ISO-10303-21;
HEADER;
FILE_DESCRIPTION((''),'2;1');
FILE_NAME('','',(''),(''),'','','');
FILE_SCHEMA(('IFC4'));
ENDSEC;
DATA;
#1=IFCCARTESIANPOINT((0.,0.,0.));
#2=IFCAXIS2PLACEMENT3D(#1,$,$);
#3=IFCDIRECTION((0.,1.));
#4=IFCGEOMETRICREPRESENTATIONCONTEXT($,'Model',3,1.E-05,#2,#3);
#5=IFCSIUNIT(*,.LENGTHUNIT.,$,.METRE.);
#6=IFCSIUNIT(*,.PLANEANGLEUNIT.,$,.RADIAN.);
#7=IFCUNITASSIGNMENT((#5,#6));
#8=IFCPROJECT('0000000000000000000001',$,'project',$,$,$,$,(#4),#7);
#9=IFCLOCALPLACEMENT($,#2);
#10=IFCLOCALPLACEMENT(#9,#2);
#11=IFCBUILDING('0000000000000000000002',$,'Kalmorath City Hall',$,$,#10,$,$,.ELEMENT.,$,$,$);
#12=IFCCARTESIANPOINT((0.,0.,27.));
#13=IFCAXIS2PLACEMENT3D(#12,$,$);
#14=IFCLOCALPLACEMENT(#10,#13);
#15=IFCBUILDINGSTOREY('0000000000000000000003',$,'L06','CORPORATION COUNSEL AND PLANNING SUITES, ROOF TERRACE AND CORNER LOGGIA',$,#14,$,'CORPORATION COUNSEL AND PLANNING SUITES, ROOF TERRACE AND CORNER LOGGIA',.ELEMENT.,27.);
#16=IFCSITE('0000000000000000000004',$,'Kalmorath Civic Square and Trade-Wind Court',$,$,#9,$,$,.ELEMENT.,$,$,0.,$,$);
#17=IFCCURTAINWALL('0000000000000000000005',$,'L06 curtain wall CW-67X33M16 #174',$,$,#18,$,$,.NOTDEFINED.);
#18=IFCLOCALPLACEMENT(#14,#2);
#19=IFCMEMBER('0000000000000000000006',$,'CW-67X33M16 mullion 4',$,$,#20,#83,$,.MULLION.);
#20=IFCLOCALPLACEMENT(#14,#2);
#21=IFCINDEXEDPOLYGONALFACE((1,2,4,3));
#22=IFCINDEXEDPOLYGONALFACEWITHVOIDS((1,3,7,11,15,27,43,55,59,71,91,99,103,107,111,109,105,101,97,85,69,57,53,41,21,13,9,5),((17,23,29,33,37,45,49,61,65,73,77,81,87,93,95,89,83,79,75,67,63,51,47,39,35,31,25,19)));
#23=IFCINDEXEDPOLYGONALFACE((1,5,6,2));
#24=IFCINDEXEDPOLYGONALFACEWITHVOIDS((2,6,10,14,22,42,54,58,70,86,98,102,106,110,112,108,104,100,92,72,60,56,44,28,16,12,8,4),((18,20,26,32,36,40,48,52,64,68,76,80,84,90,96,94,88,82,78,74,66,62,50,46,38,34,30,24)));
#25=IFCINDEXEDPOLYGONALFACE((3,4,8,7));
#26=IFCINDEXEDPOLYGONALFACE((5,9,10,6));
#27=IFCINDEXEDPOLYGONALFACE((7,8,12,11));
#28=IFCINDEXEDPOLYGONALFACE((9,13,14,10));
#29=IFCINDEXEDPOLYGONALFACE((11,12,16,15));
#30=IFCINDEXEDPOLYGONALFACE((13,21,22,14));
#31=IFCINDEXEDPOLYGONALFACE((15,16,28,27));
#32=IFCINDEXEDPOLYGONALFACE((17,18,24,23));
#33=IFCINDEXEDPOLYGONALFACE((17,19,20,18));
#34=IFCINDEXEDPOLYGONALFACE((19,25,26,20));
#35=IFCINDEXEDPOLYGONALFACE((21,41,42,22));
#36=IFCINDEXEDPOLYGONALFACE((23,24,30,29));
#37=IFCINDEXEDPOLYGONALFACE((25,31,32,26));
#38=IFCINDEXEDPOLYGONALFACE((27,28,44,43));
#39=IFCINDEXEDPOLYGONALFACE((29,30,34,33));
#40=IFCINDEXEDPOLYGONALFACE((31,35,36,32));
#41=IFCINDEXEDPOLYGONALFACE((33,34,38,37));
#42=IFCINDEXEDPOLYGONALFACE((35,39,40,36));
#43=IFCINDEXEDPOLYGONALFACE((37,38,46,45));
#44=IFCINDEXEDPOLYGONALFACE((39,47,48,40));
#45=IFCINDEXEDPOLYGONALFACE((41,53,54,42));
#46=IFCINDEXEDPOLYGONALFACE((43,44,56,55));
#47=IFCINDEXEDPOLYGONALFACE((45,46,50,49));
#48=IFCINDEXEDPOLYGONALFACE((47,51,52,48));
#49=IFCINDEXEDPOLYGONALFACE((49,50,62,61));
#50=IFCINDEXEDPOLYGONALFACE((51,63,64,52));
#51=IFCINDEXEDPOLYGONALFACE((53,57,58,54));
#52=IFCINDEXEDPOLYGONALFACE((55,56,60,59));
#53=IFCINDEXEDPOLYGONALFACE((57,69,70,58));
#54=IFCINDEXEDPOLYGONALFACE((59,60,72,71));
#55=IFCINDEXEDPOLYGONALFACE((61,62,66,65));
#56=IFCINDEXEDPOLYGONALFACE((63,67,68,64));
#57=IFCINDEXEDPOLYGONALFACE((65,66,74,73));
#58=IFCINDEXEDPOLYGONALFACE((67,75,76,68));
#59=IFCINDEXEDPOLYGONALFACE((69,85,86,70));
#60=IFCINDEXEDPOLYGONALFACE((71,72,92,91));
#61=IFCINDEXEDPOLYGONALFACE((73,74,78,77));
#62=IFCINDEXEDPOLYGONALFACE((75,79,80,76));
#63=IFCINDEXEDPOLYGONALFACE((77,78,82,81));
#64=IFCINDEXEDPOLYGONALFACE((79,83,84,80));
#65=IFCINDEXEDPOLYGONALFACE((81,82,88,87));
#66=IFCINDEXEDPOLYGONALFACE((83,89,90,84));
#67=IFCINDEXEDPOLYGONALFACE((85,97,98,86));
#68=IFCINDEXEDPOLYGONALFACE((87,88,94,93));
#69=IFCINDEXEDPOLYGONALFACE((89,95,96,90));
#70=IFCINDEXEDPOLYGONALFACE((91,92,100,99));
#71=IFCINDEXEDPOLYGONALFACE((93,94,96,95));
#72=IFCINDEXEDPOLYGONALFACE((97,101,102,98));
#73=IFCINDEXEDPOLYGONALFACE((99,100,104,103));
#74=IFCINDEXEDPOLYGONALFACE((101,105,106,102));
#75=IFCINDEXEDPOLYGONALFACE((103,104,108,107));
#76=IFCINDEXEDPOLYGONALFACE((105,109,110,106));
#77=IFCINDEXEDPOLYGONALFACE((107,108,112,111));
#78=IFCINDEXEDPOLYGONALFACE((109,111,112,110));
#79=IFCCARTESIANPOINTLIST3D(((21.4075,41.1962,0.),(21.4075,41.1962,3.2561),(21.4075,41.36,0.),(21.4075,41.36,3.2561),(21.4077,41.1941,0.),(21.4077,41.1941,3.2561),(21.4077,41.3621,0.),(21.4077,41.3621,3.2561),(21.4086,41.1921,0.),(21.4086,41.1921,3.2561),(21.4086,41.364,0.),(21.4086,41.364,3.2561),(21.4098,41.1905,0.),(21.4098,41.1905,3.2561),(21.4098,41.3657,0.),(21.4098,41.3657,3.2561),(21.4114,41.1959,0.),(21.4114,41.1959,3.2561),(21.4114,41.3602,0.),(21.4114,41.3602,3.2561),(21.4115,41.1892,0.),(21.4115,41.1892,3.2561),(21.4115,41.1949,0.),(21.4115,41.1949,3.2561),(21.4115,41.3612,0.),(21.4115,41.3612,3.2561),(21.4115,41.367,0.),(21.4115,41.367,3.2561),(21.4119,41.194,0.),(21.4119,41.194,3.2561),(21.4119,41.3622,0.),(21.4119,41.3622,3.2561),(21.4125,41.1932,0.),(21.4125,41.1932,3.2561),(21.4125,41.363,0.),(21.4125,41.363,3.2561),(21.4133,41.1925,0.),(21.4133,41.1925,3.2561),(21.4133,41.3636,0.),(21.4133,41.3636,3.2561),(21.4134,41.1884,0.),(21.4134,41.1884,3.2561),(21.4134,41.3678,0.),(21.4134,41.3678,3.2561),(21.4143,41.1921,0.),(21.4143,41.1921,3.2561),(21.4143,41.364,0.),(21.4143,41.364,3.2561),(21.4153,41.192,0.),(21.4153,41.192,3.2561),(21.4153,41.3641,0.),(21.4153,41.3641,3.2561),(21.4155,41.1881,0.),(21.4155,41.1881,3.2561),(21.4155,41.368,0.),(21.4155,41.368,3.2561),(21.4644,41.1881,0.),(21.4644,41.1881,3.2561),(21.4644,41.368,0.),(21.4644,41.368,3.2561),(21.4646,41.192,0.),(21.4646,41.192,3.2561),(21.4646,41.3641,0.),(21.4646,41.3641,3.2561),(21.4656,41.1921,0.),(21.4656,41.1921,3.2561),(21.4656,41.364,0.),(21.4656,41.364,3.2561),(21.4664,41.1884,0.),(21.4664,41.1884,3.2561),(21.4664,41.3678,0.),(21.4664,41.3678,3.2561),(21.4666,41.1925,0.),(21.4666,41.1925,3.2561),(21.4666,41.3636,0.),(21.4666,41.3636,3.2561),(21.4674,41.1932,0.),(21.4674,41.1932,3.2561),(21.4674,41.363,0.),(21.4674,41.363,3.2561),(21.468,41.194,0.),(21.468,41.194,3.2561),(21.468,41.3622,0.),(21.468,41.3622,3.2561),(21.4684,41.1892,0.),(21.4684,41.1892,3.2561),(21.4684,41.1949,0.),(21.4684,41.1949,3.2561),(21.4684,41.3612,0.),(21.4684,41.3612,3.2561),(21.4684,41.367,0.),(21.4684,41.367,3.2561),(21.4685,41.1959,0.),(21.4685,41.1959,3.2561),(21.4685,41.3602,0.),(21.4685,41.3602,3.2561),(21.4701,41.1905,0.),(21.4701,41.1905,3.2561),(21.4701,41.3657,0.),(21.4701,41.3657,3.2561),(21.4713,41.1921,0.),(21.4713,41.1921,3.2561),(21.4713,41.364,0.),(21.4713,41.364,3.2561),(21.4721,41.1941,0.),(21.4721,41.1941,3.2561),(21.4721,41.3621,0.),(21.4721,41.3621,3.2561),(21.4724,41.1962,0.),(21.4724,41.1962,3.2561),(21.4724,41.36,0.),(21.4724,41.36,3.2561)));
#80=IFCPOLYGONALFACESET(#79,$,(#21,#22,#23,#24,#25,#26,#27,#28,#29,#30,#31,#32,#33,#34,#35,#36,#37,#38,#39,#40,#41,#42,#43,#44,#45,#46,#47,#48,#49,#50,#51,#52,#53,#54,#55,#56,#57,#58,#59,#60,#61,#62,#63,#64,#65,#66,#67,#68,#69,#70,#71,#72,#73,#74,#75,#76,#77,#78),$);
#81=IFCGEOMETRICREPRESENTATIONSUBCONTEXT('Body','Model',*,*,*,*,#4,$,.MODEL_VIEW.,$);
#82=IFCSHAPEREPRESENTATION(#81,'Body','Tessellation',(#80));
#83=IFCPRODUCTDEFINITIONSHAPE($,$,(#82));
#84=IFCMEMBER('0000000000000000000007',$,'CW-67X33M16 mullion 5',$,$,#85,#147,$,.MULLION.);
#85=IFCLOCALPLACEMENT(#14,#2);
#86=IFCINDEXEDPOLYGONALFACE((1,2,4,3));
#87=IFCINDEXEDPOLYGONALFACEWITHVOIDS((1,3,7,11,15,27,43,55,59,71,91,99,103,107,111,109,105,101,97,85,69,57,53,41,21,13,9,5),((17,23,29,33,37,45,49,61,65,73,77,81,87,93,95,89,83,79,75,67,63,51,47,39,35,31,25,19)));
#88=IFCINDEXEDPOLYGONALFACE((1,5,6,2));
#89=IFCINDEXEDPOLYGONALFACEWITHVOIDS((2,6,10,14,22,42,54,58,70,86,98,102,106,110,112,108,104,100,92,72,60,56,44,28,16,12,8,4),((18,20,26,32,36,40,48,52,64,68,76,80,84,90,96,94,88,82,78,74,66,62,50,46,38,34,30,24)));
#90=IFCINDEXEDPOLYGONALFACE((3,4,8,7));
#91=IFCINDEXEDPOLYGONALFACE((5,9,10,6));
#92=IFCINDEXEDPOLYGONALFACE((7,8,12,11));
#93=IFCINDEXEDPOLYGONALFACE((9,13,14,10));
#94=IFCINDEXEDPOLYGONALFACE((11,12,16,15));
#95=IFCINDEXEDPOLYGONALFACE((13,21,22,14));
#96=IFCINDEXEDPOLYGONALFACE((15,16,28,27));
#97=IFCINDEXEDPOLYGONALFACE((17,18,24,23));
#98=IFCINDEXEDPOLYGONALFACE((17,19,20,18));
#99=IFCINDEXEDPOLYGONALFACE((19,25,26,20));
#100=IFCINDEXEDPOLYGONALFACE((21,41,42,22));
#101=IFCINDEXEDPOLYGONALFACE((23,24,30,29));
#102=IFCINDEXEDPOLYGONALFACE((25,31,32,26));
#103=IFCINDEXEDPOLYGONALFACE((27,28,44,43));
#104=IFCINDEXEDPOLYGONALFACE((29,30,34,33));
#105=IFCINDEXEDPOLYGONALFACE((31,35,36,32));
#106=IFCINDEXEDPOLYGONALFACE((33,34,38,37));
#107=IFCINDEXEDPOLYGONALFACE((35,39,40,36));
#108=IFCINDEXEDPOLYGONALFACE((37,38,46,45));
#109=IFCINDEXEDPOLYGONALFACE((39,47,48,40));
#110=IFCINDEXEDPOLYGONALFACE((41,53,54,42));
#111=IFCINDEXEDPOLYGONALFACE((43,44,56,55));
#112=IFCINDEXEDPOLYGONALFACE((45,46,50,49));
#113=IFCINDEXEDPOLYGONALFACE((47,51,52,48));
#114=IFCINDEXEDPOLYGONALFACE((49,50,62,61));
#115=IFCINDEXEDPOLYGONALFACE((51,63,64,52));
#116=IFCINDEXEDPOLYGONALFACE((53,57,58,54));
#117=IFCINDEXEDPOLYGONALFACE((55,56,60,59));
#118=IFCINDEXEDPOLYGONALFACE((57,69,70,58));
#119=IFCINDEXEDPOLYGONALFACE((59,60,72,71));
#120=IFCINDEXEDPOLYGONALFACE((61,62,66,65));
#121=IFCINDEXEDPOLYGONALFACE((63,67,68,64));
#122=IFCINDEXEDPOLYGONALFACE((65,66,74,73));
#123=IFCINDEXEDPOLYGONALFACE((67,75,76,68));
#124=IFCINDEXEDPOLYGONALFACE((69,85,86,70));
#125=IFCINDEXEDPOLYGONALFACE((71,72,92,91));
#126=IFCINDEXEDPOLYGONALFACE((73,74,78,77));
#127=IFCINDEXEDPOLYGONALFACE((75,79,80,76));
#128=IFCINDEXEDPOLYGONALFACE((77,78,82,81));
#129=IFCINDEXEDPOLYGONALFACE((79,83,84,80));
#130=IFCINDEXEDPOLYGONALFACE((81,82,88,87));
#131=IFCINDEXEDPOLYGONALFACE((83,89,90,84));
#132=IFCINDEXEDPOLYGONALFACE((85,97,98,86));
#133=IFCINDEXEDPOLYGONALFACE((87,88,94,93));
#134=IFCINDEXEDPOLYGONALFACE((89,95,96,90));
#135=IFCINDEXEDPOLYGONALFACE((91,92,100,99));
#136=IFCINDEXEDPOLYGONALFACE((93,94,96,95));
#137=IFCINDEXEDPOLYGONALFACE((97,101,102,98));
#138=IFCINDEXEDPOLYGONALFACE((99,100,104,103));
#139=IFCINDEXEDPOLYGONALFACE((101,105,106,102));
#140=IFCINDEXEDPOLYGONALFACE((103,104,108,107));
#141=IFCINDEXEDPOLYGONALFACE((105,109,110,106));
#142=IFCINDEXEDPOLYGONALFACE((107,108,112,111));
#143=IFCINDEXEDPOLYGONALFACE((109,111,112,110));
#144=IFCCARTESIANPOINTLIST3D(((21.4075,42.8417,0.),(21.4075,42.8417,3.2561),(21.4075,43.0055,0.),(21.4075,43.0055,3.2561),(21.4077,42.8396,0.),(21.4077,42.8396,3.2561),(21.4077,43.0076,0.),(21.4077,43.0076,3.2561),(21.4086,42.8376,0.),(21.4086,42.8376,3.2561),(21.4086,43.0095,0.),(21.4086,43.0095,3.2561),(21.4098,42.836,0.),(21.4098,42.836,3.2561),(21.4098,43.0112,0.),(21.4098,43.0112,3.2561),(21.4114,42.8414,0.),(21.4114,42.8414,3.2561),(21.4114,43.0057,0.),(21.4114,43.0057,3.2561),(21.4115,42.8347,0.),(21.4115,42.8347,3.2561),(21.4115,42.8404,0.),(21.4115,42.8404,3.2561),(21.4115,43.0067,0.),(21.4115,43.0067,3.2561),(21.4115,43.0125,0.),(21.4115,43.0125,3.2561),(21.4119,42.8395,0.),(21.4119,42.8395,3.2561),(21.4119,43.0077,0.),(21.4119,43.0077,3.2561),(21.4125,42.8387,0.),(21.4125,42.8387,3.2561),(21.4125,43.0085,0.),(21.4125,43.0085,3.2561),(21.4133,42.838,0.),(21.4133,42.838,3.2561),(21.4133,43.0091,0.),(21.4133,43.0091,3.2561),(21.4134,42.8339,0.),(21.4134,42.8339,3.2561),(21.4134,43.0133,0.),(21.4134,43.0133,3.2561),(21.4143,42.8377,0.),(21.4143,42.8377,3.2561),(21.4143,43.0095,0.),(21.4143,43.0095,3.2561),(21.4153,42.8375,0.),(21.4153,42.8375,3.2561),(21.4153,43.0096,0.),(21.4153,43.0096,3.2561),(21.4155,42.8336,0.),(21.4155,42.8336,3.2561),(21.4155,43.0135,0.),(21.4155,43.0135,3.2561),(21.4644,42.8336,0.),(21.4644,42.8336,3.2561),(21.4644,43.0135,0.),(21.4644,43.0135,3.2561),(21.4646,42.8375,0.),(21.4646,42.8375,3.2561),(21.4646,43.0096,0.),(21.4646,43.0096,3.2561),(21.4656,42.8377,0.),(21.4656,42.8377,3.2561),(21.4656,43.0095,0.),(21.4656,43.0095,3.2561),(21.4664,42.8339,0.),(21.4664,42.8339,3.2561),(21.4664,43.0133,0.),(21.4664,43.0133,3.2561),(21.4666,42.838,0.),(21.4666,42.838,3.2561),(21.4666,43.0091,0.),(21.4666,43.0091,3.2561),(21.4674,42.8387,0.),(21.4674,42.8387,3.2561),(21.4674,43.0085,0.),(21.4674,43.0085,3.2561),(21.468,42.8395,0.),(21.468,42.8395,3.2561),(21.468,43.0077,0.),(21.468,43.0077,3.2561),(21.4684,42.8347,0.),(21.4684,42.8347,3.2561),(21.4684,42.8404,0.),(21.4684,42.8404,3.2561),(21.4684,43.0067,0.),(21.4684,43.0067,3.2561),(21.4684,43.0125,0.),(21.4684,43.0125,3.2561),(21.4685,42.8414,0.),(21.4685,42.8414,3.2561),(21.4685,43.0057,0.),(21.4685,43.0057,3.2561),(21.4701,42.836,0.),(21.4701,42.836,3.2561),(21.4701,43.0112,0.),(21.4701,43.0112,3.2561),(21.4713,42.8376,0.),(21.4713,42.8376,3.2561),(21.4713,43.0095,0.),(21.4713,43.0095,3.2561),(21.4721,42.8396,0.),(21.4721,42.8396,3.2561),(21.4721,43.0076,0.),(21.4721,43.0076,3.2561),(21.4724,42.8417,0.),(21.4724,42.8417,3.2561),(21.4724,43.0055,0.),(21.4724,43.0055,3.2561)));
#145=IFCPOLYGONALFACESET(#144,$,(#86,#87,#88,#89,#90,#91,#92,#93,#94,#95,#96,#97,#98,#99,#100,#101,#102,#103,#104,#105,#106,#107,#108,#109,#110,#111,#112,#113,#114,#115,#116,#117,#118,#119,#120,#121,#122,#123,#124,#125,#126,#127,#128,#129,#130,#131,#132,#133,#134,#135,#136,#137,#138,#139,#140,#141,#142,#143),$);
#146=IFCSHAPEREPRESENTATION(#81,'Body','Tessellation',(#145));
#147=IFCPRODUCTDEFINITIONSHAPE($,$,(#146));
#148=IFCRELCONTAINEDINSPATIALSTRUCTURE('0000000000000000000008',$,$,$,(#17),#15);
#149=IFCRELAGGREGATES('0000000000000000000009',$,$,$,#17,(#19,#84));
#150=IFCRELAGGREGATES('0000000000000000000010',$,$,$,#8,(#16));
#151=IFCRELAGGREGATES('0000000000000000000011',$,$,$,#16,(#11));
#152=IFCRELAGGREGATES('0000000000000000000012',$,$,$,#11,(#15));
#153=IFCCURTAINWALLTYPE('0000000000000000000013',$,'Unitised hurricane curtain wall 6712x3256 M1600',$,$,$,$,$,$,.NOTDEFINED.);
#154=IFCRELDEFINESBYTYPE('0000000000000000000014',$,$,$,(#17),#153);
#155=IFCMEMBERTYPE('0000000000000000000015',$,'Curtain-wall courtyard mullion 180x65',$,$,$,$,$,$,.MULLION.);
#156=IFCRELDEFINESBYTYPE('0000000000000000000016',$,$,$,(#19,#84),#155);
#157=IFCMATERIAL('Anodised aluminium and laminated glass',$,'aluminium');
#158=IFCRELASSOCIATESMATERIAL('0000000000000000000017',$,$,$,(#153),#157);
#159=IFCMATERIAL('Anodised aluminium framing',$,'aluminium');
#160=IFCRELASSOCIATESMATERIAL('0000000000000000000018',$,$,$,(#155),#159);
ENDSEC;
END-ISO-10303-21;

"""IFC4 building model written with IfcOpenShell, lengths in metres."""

from ifc_helpers import new_model, si_unit, direction, frame, origin, origin_2d, place, context, subcontext, project, spatial, hollow_rectangle, extrude, material, material_profile, profile_set, type_object, element, aggregate, save


model = new_model("IFC4")

# Units and contexts
model_context = context("Model", 3, precision=1e-05, world=origin(), true_north=direction((0.0, 1.0)))
body_context = subcontext(model_context, "Body", "Model", "MODEL_VIEW")
ifc_project = project(units=[si_unit("LENGTHUNIT", "METRE"), si_unit("PLANEANGLEUNIT", "RADIAN")], contexts=[model_context])

# Site, building, storey
site_placement = place(None, origin())
site = spatial("IfcSite", under=ifc_project, at=site_placement, Name="Kalmorath Civic Square and Trade-Wind Court", CompositionType="ELEMENT", RefElevation=0.0)
building_placement = place(site_placement, origin())
building = spatial("IfcBuilding", under=site, at=building_placement, Name="Kalmorath City Hall", CompositionType="ELEMENT")
storey_placement = place(building_placement, frame((0.0, 0.0, 27.0)))
storey = spatial("IfcBuildingStorey", under=building, at=storey_placement, Name="L06", Description="CORPORATION COUNSEL AND PLANNING SUITES, ROOF TERRACE AND CORNER LOGGIA", LongName="CORPORATION COUNSEL AND PLANNING SUITES, ROOF TERRACE AND CORNER LOGGIA", CompositionType="ELEMENT", Elevation=27.0)

# Curtain wall, members
ifc_material_1 = material(Name="Anodised aluminium and laminated glass", Category="aluminium")
curtain_wall_type_1 = type_object("IfcCurtainWallType", Name="Unitised hurricane curtain wall 6712x3256 M1600", PredefinedType="NOTDEFINED", material=ifc_material_1)
curtain_wall_1_placement = place(storey_placement, origin())
curtain_wall_1 = element("IfcCurtainWall", 1, at=curtain_wall_1_placement, inside=storey, type_object=curtain_wall_type_1, Name="L06 curtain wall CW-67X33M16 #174", PredefinedType="NOTDEFINED")
ifc_material_2 = material(Name="Anodised aluminium framing", Category="aluminium")
ifc_material_profile_1 = material_profile(ifc_material_2, hollow_rectangle(XDim=0.0649, YDim=0.1799, WallThickness=0.0039, InnerFilletRadius=0.0039, OuterFilletRadius=0.0081, at=origin_2d()), Name="ALU-MUL-180X65X4")
ifc_profile_set_1 = profile_set([ifc_material_profile_1], Name="Anodised aluminium framing")
member_type_1 = type_object("IfcMemberType", Name="Curtain-wall courtyard mullion 180x65", PredefinedType="MULLION", material=ifc_profile_set_1)
member_1_placement = place(storey_placement, frame((21.4399, 41.2781, 0.0), z_axis=(0.0, 0.0, 1.0), x_axis=(-1.0, 0.0, 0.0)))
member_1 = element("IfcMember", 2, at=member_1_placement, type_object=member_type_1, Name="CW-67X33M16 mullion 4", PredefinedType="MULLION", context=body_context, shape_type="SweptSolid", body=[
    extrude(hollow_rectangle(XDim=0.0649, YDim=0.1799, WallThickness=0.0039, InnerFilletRadius=0.0039, OuterFilletRadius=0.0081, at=origin_2d()), origin(), (0.0, 0.0, 1.0), 3.2561),
])
member_2_placement = place(storey_placement, frame((21.4399, 42.9236, 0.0), z_axis=(0.0, 0.0, 1.0), x_axis=(-1.0, 0.0, 0.0)))
member_2 = element("IfcMember", 3, at=member_2_placement, type_object=member_type_1, Name="CW-67X33M16 mullion 5", PredefinedType="MULLION", context=body_context, shape_type="SweptSolid", body=[
    extrude(hollow_rectangle(XDim=0.0649, YDim=0.1799, WallThickness=0.0039, InnerFilletRadius=0.0039, OuterFilletRadius=0.0081, at=origin_2d()), origin(), (0.0, 0.0, 1.0), 3.2561),
])

aggregate(curtain_wall_1, [member_1, member_2])

save(model, "model.ifc")
